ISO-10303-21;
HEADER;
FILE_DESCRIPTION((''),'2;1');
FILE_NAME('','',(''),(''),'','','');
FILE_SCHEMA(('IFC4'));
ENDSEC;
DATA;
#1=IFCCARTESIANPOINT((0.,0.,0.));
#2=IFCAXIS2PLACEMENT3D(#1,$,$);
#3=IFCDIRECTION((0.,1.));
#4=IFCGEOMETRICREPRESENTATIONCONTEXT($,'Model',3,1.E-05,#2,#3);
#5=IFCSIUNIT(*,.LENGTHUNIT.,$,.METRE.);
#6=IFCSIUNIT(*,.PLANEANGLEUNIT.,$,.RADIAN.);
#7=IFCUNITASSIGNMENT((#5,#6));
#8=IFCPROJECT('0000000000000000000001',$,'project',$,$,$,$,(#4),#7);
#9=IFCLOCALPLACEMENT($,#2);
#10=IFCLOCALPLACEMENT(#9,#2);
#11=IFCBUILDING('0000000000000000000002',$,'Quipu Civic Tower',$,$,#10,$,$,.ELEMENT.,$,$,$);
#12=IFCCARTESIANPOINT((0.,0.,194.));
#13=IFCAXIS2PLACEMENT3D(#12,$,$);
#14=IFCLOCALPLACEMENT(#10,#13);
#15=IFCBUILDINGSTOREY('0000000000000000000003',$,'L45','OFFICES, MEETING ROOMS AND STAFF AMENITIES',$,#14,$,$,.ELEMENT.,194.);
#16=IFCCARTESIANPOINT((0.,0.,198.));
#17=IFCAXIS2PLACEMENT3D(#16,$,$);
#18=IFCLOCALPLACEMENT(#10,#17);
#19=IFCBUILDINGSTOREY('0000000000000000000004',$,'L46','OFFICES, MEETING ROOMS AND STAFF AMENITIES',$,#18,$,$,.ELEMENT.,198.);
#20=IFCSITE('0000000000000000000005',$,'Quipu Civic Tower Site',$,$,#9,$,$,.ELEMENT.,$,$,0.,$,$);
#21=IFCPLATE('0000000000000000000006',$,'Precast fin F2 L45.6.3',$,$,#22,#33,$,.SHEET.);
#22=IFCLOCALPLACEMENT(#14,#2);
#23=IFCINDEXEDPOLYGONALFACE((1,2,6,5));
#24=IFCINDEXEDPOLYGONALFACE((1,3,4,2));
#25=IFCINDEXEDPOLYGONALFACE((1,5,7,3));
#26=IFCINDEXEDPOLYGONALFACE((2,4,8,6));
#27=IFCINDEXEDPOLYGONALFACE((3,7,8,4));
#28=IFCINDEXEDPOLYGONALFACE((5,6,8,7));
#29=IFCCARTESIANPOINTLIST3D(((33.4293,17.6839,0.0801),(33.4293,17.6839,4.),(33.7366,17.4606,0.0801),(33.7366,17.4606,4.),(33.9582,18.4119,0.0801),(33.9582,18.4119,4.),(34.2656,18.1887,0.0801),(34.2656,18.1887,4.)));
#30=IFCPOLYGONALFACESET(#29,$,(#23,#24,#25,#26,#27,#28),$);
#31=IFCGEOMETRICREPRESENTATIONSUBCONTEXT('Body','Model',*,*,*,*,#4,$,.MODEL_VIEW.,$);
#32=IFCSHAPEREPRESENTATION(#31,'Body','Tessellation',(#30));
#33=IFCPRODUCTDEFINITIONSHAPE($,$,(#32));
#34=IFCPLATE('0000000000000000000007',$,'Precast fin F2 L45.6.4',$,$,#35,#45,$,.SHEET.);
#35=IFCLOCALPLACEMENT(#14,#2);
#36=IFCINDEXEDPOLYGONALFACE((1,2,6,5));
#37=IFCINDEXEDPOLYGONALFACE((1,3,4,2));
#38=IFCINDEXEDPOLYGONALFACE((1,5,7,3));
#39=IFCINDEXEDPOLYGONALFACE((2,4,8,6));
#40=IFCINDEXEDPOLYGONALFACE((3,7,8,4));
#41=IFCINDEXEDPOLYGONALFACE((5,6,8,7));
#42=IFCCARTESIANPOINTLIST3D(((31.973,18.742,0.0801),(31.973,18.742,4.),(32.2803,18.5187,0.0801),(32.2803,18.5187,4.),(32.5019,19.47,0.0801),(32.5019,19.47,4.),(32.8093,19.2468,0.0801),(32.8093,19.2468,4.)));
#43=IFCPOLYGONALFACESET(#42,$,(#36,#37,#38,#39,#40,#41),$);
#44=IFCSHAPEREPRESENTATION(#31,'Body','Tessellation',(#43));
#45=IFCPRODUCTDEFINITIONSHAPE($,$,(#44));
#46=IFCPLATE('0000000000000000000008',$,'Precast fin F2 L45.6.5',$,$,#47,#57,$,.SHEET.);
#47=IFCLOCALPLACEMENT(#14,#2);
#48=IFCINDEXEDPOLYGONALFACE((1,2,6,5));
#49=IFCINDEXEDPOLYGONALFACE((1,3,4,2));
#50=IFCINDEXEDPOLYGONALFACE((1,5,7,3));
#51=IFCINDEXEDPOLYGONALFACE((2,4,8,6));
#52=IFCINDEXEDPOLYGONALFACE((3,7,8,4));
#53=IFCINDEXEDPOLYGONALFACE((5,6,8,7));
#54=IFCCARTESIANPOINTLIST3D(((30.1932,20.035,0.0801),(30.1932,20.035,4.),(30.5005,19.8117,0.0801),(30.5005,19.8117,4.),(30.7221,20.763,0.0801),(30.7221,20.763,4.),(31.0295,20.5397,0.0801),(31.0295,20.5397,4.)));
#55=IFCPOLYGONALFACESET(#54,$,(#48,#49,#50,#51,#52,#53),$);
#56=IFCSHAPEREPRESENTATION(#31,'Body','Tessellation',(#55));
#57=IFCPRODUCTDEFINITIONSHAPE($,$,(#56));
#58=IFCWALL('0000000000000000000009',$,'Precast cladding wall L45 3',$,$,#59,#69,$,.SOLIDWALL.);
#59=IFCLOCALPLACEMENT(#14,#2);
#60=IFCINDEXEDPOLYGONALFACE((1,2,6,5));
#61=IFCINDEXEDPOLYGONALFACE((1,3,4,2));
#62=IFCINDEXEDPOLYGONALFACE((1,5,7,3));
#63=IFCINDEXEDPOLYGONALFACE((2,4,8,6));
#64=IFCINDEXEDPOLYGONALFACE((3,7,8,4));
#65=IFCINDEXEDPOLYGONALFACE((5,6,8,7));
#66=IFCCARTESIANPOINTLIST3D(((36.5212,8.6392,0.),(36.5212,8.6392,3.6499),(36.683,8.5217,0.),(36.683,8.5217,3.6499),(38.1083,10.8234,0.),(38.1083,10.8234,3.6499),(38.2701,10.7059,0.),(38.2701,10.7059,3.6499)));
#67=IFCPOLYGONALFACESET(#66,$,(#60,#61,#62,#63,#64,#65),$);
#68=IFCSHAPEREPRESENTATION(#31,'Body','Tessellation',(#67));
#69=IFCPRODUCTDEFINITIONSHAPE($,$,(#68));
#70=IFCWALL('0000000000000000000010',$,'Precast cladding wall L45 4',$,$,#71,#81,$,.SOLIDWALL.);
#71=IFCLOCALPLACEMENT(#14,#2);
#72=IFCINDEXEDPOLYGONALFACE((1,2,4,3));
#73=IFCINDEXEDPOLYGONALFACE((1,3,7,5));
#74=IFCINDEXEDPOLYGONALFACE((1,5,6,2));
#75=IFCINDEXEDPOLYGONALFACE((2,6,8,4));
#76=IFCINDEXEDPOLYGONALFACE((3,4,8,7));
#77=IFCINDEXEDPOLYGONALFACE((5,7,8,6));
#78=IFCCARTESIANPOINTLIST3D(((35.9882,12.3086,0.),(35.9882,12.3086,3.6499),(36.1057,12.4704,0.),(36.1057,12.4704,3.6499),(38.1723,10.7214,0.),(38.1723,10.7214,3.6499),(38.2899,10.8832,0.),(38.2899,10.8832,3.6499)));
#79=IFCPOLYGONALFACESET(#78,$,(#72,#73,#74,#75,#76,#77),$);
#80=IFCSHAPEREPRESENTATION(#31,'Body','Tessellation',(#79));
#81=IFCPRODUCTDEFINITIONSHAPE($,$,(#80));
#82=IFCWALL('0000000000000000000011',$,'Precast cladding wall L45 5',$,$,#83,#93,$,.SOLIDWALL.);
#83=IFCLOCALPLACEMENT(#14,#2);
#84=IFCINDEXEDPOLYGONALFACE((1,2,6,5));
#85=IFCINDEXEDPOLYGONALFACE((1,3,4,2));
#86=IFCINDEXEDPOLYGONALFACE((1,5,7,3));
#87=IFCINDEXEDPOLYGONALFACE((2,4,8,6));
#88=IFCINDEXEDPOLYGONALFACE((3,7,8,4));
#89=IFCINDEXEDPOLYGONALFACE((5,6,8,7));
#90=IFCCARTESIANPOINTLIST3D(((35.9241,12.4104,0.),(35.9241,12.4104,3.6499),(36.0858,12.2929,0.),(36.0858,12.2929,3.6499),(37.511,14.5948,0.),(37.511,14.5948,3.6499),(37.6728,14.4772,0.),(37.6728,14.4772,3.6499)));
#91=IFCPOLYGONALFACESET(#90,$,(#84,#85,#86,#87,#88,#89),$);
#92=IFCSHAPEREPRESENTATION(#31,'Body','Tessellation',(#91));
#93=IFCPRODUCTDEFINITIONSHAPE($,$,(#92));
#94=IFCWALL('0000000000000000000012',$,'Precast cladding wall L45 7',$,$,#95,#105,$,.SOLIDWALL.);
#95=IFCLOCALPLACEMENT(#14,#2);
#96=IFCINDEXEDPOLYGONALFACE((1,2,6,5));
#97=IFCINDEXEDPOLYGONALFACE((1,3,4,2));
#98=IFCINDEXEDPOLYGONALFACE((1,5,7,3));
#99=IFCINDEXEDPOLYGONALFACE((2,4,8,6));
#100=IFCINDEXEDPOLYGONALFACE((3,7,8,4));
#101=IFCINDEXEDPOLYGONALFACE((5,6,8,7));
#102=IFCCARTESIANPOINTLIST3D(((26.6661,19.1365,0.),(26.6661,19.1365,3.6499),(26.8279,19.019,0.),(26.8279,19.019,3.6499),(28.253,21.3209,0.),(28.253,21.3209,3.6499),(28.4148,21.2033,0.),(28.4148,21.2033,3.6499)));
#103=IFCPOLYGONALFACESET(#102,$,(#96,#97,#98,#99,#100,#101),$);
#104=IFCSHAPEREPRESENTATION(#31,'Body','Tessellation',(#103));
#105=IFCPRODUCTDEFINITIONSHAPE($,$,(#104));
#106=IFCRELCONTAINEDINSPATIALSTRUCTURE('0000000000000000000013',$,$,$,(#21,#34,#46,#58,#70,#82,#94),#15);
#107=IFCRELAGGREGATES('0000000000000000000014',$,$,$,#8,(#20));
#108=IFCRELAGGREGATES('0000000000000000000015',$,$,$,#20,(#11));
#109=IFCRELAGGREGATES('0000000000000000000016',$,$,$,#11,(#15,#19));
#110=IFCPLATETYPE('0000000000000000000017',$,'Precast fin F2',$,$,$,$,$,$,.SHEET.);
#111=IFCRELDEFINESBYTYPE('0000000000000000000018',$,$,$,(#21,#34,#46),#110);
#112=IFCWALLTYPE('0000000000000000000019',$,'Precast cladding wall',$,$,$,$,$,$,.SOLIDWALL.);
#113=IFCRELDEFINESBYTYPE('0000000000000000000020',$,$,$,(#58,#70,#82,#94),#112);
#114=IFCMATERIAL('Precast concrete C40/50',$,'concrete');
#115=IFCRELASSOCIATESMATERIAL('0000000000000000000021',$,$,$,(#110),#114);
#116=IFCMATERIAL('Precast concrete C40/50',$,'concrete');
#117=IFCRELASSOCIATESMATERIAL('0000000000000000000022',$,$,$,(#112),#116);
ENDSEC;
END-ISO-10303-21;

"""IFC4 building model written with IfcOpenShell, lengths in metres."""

from ifc_helpers import new_model, si_unit, direction, frame, frame_2d, origin, origin_2d, place, context, subcontext, project, spatial, rectangle, extrude, material, type_object, element, save


model = new_model("IFC4")

# Units and contexts
model_context = context("Model", 3, precision=1e-05, world=origin(), true_north=direction((0.0, 1.0)))
body_context = subcontext(model_context, "Body", "Model", "MODEL_VIEW")
ifc_project = project(units=[si_unit("LENGTHUNIT", "METRE"), si_unit("PLANEANGLEUNIT", "RADIAN")], contexts=[model_context])

# Site, building, storey
site_placement = place(None, origin())
site = spatial("IfcSite", under=ifc_project, at=site_placement, Name="Quipu Civic Tower Site", CompositionType="ELEMENT", RefElevation=0.0)
building_placement = place(site_placement, origin())
building = spatial("IfcBuilding", under=site, at=building_placement, Name="Quipu Civic Tower", CompositionType="ELEMENT")
storey_1_placement = place(building_placement, frame((0.0, 0.0, 194.0)))
storey_1 = spatial("IfcBuildingStorey", under=building, at=storey_1_placement, Name="L45", Description="OFFICES, MEETING ROOMS AND STAFF AMENITIES", CompositionType="ELEMENT", Elevation=194.0)

# Shared definitions
storey_2_placement = place(building_placement, frame((0.0, 0.0, 198.0)))
storey_2 = spatial("IfcBuildingStorey", under=building, at=storey_2_placement, Name="L46", Description="OFFICES, MEETING ROOMS AND STAFF AMENITIES", CompositionType="ELEMENT", Elevation=198.0)

# Plates
ifc_material_1 = material(Name="Precast concrete C40/50", Category="concrete")
plate_type_1 = type_object("IfcPlateType", Name="Precast fin F2", PredefinedType="SHEET", material=ifc_material_1)
for number, where, z_axis, x_axis, name in (
    (1, (33.8474, 17.9363, 0.0801), (0.0, 0.0, 1.0), (-0.809017, 0.587785, 0.0), "Precast fin F2 L45.6.3"),
    (2, (32.3911, 18.9944, 0.0801), (0.0, 0.0, 1.0), (-0.809017, 0.587785, 0.0), "Precast fin F2 L45.6.4"),
    (3, (30.6113, 20.2874, 0.0801), (0.0, 0.0, 1.0), (-0.809017, 0.587785, 0.0), "Precast fin F2 L45.6.5"),
):
    element("IfcPlate", number, at=place(storey_1_placement, frame(where, z_axis=z_axis, x_axis=x_axis)), inside=storey_1, type_object=plate_type_1, Name=name, PredefinedType="SHEET", context=body_context, shape_type="SweptSolid", body=[
        extrude(rectangle(XDim=0.3799, YDim=0.8999, at=origin_2d()), origin(), (0.0, 0.0, 1.0), 3.9199),
    ])

# Walls
ifc_material_2 = material(Name="Precast concrete C40/50", Category="concrete")
wall_type = type_object("IfcWallType", Name="Precast cladding wall", PredefinedType="SOLIDWALL", material=ifc_material_2)
for number, where, z_axis, x_axis, name in (
    (4, (36.6021, 8.5803, 0.0), (0.0, 0.0, 1.0), (0.587822, 0.80899, 0.0), "Precast cladding wall L45 3"),
    (5, (38.2312, 10.8022, 0.0), (0.0, 0.0, 1.0), (-0.808959, 0.587865, 0.0), "Precast cladding wall L45 4"),
    (6, (36.0049, 12.3516, 0.0), (0.0, 0.0, 1.0), (0.587763, 0.809033, 0.0), "Precast cladding wall L45 5"),
    (7, (28.334, 21.2622, 0.0), (0.0, 0.0, 1.0), (-0.587763, -0.809033, 0.0), "Precast cladding wall L45 7"),
):
    element("IfcWall", number, at=place(storey_1_placement, frame(where, z_axis=z_axis, x_axis=x_axis)), inside=storey_1, type_object=wall_type, Name=name, PredefinedType="SOLIDWALL", context=body_context, shape_type="SweptSolid", body=[
        extrude(rectangle(XDim=2.7, YDim=0.2, at=frame_2d((1.3501, 0.0))), origin(), (0.0, 0.0, 1.0), 3.6499),
    ])

save(model, "model.ifc")
